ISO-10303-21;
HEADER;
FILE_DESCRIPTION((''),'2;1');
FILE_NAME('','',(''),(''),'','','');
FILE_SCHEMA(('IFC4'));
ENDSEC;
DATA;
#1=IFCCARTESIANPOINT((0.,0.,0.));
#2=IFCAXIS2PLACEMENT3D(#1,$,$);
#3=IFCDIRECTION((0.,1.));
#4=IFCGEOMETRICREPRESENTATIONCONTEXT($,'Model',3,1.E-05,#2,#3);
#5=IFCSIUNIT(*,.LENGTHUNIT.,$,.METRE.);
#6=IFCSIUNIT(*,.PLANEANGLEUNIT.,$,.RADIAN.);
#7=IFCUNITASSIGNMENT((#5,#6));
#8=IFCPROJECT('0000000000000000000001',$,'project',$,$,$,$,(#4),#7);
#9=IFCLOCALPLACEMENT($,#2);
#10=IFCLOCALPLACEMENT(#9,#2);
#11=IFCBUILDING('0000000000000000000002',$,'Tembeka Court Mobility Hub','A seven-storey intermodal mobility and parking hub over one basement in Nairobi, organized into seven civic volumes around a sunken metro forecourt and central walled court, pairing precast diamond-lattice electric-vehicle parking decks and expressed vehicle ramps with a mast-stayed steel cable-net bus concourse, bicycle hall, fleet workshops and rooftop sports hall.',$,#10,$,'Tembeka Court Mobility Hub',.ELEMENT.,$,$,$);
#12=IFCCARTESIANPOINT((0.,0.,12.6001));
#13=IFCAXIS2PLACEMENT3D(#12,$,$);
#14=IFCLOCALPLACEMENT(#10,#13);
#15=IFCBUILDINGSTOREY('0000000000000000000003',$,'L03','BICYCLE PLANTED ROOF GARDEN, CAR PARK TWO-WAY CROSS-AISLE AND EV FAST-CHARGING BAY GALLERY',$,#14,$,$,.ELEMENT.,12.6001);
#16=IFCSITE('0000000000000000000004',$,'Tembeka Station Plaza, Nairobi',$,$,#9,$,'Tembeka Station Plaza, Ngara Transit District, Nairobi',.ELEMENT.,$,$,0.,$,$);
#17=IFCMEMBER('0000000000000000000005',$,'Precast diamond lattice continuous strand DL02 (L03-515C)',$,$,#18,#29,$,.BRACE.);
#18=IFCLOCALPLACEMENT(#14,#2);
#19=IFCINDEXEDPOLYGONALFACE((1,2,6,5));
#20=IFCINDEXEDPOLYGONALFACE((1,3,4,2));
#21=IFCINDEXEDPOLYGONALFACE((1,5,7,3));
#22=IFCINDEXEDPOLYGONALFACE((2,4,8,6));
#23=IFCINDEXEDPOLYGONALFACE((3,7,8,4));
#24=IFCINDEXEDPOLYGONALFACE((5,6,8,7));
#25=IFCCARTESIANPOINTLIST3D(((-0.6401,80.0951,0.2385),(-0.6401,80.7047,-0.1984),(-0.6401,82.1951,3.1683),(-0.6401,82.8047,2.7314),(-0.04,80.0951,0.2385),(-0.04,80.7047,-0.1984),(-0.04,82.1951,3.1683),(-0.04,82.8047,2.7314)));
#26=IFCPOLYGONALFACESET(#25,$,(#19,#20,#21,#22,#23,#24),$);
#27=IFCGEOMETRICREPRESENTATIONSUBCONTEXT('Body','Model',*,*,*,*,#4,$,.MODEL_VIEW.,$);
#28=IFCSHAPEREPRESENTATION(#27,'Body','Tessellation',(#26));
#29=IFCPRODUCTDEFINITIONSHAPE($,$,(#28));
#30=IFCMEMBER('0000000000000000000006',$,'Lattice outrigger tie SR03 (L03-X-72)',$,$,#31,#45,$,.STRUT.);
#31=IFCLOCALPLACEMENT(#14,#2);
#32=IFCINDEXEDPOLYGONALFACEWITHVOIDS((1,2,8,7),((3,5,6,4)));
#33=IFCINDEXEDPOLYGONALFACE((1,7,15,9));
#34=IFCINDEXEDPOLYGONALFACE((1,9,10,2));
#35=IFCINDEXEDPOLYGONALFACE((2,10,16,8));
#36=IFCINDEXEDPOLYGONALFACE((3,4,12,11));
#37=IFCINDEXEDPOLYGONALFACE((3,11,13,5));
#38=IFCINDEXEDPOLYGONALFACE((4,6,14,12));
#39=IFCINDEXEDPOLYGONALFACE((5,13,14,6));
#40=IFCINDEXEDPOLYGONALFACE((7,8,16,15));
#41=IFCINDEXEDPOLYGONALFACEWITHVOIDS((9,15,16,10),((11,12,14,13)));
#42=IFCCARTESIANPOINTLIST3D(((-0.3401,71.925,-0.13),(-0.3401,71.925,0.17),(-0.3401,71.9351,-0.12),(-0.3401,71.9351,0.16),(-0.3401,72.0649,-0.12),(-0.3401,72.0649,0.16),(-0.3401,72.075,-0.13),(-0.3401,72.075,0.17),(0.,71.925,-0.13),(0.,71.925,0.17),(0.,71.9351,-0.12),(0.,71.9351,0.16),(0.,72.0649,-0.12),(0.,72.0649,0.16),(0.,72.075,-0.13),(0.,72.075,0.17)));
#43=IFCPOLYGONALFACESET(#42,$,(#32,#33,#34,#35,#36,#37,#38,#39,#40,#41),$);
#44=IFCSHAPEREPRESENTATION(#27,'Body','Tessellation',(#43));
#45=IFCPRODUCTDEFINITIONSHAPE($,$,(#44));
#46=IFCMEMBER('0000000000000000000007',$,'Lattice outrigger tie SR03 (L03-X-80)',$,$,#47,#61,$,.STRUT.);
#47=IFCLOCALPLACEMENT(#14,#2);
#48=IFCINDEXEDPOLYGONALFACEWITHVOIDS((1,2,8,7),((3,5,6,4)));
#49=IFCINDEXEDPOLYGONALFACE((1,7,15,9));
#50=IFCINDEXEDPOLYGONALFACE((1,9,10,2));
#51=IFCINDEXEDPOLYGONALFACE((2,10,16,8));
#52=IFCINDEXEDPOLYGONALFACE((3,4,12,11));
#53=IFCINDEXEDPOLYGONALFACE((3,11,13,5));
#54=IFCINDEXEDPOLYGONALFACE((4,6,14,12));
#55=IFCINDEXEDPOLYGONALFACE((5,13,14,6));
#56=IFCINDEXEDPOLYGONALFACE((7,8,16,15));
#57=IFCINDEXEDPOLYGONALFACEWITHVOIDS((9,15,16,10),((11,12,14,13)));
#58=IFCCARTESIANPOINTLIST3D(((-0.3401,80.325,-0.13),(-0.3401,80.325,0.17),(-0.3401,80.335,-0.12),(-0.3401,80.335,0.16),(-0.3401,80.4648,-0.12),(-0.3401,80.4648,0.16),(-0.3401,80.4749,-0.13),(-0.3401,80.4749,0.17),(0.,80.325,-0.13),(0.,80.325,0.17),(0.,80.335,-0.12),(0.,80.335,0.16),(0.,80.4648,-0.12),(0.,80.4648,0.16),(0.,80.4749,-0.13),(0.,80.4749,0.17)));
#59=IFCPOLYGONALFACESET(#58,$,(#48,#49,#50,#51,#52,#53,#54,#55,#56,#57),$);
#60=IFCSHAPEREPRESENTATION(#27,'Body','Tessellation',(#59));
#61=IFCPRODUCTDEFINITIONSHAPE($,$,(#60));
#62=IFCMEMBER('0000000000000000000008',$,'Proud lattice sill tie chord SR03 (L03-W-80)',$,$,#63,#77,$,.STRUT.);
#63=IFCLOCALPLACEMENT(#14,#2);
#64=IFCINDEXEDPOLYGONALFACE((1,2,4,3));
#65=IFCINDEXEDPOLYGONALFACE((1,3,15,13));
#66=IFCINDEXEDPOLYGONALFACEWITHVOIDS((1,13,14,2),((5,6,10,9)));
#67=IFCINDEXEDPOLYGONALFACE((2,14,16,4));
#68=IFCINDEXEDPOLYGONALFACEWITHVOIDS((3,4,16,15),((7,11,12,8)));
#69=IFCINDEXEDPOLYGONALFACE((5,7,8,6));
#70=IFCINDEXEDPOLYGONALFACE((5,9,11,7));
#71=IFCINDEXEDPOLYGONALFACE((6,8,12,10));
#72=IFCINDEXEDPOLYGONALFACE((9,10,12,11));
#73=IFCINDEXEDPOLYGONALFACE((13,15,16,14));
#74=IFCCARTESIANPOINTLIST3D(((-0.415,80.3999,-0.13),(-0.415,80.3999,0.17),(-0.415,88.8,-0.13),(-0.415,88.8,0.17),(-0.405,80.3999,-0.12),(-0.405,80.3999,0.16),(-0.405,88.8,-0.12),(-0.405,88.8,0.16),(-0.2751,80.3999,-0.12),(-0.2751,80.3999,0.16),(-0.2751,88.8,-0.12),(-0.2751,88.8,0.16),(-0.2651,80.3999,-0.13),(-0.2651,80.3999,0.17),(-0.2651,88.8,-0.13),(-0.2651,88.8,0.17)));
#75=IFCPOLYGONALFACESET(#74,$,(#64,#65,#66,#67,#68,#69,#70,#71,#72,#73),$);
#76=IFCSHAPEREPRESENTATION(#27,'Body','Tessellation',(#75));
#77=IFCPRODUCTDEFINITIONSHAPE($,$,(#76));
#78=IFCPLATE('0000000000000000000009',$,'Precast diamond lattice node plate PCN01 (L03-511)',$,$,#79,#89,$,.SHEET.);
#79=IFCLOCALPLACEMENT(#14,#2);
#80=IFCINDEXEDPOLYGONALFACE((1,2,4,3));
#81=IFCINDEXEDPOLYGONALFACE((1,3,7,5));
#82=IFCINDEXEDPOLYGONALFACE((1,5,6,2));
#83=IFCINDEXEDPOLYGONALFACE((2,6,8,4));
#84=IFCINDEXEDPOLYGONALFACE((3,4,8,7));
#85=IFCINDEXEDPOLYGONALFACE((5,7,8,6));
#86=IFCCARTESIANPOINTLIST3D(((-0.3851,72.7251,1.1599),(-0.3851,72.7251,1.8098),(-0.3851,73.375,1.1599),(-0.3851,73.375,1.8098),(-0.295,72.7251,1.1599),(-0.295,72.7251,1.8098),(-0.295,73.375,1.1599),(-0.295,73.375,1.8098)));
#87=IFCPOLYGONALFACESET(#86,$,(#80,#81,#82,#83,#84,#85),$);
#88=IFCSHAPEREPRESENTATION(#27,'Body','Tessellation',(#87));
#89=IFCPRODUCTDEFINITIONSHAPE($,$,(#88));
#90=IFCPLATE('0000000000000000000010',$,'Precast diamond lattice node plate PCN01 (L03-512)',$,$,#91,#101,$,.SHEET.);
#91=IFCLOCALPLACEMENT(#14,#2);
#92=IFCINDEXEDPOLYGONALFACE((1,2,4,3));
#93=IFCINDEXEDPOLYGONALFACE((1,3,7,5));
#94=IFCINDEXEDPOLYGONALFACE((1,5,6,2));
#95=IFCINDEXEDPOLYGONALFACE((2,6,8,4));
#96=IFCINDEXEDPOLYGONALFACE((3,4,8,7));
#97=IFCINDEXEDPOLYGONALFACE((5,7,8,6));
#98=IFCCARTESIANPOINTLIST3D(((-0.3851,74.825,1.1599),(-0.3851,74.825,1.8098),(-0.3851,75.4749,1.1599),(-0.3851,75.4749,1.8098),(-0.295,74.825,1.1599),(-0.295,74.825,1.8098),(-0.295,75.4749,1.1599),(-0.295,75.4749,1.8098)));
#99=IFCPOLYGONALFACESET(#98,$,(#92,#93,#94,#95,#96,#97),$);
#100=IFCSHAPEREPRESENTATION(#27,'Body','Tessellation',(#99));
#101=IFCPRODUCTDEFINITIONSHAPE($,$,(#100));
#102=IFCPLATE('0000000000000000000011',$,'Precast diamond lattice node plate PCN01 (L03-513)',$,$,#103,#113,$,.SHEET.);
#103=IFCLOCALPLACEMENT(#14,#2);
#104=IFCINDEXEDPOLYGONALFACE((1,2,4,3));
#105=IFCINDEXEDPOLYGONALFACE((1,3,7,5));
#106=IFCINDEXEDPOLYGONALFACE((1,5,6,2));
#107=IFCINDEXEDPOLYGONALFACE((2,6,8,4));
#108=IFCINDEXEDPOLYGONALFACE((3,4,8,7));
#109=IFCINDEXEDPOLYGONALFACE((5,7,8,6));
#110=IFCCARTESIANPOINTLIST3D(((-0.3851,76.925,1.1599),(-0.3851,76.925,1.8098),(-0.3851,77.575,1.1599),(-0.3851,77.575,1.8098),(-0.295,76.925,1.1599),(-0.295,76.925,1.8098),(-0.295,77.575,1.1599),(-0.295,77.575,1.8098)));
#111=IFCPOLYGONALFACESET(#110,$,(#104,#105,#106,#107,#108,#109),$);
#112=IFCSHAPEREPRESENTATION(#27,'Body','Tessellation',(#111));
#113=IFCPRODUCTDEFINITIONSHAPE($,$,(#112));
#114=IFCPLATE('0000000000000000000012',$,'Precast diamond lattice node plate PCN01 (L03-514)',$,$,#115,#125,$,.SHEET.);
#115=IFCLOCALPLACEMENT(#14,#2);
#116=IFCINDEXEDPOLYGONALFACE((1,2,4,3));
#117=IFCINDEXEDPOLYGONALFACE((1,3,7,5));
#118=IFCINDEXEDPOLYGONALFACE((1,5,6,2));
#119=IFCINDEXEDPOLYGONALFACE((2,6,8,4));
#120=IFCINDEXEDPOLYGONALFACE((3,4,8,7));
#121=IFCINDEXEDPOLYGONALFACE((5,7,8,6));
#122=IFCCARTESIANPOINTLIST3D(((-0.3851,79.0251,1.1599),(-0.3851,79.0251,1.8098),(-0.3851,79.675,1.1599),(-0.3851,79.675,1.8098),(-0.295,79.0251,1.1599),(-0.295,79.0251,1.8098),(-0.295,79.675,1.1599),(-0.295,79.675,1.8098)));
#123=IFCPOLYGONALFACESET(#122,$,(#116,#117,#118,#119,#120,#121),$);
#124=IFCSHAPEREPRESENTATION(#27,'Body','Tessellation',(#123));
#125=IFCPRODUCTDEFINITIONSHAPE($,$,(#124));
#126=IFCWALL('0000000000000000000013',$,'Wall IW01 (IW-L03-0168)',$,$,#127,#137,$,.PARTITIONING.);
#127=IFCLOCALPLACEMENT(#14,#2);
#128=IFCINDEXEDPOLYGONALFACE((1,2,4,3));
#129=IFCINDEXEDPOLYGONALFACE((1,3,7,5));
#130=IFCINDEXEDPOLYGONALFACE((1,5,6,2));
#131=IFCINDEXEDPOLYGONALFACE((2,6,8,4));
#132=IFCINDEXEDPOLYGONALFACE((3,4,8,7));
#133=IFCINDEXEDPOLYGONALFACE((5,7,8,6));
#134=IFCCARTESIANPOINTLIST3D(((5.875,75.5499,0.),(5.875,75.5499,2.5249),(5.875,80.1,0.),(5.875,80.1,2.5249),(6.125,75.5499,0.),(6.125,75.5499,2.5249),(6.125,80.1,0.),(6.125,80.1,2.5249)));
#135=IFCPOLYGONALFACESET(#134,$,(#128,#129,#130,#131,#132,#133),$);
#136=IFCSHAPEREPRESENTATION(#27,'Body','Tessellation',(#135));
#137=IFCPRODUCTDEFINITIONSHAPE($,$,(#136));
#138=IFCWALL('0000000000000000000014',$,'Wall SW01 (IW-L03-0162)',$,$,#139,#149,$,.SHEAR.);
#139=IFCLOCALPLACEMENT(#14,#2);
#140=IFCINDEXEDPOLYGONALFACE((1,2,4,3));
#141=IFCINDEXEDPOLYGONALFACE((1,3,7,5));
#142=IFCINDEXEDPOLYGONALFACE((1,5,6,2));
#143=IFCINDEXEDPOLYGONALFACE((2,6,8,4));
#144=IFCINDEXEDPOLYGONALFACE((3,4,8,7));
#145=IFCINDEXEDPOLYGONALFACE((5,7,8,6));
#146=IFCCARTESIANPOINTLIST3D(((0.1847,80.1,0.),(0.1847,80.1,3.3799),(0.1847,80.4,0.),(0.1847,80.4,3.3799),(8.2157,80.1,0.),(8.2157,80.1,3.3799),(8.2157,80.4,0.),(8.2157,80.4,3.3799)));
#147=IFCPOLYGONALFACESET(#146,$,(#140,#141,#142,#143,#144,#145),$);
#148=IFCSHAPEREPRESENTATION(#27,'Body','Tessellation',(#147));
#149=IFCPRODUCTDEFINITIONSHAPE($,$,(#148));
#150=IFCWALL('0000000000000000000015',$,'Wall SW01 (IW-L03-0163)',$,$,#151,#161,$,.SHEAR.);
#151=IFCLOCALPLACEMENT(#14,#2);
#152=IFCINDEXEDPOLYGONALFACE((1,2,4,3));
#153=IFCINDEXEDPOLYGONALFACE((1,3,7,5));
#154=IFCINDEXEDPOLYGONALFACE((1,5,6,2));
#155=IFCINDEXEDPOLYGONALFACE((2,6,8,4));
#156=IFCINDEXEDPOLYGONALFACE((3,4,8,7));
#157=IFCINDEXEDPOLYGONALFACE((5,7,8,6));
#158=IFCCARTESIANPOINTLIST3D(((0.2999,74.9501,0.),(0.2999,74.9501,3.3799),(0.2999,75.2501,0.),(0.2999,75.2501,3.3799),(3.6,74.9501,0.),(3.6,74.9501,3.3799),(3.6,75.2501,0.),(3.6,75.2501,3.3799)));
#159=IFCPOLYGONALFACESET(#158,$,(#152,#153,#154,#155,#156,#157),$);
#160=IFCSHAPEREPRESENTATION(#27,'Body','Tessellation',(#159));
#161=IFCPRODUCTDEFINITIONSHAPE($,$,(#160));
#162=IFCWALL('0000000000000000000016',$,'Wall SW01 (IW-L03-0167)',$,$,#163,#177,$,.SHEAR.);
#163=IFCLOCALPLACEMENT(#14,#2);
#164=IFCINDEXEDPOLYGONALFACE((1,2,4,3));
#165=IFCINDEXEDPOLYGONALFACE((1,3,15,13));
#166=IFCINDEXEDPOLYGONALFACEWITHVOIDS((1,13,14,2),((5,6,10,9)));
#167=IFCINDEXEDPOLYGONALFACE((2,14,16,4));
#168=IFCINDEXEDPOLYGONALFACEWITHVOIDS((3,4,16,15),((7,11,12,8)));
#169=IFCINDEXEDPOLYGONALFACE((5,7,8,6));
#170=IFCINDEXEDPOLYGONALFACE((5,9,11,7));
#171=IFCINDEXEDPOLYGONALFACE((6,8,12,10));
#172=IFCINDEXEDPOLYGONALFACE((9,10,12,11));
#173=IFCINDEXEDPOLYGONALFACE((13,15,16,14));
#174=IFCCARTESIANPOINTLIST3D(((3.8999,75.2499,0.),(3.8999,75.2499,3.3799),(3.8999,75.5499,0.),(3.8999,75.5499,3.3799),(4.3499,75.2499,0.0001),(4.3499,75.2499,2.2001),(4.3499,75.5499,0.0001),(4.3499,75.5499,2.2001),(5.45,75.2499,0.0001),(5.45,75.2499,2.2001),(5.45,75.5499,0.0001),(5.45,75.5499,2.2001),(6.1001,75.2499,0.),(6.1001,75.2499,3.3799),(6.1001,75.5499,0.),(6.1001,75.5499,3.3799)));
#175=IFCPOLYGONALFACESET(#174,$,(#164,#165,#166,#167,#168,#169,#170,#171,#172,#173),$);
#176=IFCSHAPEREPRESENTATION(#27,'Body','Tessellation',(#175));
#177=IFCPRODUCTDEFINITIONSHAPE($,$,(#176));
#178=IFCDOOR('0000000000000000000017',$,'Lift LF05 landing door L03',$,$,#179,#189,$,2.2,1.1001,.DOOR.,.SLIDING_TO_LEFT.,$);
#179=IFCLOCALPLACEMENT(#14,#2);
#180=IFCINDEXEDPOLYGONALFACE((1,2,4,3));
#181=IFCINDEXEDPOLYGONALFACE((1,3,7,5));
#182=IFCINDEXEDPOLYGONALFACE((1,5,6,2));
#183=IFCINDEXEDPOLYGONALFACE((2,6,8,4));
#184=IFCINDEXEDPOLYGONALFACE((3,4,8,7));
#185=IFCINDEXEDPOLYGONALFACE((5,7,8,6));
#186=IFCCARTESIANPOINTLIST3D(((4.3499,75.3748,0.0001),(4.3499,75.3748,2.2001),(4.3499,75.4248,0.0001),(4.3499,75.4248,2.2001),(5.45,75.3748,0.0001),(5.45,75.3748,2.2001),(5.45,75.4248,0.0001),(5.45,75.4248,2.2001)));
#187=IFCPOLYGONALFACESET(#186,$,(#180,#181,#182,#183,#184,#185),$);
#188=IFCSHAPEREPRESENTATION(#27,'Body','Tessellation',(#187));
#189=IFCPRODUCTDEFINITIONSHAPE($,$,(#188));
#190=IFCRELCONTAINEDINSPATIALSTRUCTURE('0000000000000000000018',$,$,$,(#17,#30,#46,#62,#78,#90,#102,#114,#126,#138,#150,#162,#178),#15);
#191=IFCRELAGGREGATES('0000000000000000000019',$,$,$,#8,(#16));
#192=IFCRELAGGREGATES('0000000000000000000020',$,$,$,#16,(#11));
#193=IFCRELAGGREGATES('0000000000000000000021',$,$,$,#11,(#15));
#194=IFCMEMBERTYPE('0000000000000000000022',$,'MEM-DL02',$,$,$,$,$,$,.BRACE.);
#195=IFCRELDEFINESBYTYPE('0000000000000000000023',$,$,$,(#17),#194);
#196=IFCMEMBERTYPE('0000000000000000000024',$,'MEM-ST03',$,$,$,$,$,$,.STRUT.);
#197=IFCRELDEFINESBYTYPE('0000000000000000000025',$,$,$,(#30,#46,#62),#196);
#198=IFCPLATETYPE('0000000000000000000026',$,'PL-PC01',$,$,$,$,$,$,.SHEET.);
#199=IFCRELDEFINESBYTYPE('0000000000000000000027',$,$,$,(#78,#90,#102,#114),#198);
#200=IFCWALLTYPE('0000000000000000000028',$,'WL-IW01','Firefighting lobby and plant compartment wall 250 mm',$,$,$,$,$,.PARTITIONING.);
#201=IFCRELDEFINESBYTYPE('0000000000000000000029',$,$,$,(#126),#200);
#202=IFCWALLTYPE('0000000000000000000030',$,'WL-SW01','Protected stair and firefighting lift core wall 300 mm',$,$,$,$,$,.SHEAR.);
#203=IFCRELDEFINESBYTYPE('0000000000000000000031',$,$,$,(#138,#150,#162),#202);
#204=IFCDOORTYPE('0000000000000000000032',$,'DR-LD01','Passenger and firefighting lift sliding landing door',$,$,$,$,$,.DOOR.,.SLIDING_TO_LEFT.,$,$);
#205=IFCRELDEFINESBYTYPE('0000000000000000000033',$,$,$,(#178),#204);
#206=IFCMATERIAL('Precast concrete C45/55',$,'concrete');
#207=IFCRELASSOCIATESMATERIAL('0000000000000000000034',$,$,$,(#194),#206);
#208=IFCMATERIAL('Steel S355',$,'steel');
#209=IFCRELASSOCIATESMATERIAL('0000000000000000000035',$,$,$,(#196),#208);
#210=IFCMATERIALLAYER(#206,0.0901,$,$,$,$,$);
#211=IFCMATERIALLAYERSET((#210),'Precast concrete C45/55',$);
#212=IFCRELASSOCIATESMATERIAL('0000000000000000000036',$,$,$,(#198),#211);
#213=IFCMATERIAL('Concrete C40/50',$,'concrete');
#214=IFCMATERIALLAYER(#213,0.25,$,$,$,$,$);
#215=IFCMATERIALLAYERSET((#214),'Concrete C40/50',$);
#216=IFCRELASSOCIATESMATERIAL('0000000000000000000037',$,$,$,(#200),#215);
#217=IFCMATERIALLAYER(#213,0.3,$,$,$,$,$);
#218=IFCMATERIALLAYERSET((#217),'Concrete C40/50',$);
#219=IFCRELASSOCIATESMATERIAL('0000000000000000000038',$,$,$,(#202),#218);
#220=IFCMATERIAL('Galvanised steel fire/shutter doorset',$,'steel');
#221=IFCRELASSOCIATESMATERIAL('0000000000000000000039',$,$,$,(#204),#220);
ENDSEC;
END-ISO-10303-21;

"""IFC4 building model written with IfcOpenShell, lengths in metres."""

from ifc_helpers import new_model, si_unit, direction, frame, frame_2d, origin, origin_2d, place, context, subcontext, project, spatial, rectangle, hollow_rectangle, extrude, material, layer, layer_set, material_profile, profile_set, type_object, element, fill, save


model = new_model("IFC4")

# Units and contexts
model_context = context("Model", 3, precision=1e-05, world=origin(), true_north=direction((0.0, 1.0)))
body_context = subcontext(model_context, "Body", "Model", "MODEL_VIEW")
ifc_project = project(units=[si_unit("LENGTHUNIT", "METRE"), si_unit("PLANEANGLEUNIT", "RADIAN")], contexts=[model_context])

# Site, building, storey
site_placement = place(None, origin())
site = spatial("IfcSite", under=ifc_project, at=site_placement, Name="Tembeka Station Plaza, Nairobi", LongName="Tembeka Station Plaza, Ngara Transit District, Nairobi", CompositionType="ELEMENT", RefElevation=0.0)
building_placement = place(site_placement, origin())
building = spatial("IfcBuilding", under=site, at=building_placement, Name="Tembeka Court Mobility Hub", Description="A seven-storey intermodal mobility and parking hub over one basement in Nairobi, organized into seven civic volumes around a sunken metro forecourt and central walled court, pairing precast diamond-lattice electric-vehicle parking decks and expressed vehicle ramps with a mast-stayed steel cable-net bus concourse, bicycle hall, fleet workshops and rooftop sports hall.", LongName="Tembeka Court Mobility Hub", CompositionType="ELEMENT")
storey_placement = place(building_placement, frame((0.0, 0.0, 12.6001)))
storey = spatial("IfcBuildingStorey", under=building, at=storey_placement, Name="L03", Description="BICYCLE PLANTED ROOF GARDEN, CAR PARK TWO-WAY CROSS-AISLE AND EV FAST-CHARGING BAY GALLERY", CompositionType="ELEMENT", Elevation=12.6001)

# Shared definitions
ifc_material_1 = material(Name="Steel S355", Category="steel")

# Members
ifc_material_2 = material(Name="Precast concrete C45/55", Category="concrete")
ifc_material_profile_1 = material_profile(ifc_material_2, rectangle(XDim=0.6001, YDim=0.75, at=origin_2d()), Name="PC-DIAG 600x750")
ifc_profile_set_1 = profile_set([ifc_material_profile_1], Name="Precast concrete C45/55")
member_type_1 = type_object("IfcMemberType", Name="MEM-DL02", PredefinedType="BRACE", material=ifc_profile_set_1)
member_1_placement = place(storey_placement, frame((-0.3401, 80.3999, 0.02), z_axis=(0.0, 0.582576, 0.812776), x_axis=(-1.0, 0.0, 0.0)))
element("IfcMember", 1, at=member_1_placement, inside=storey, type_object=member_type_1, Name="Precast diamond lattice continuous strand DL02 (L03-515C)", PredefinedType="BRACE", context=body_context, shape_type="SweptSolid", body=[
    extrude(rectangle(XDim=0.6001, YDim=0.75, at=origin_2d()), origin(), (0.0, 0.0, 1.0), 3.6047),
])
ifc_material_profile_2 = material_profile(ifc_material_1, hollow_rectangle(XDim=0.1499, YDim=0.3, WallThickness=0.01, at=origin_2d()), Name="RHS 300x150x10")
ifc_profile_set_2 = profile_set([ifc_material_profile_2], Name="Steel S355")
member_type_2 = type_object("IfcMemberType", Name="MEM-ST03", PredefinedType="STRUT", material=ifc_profile_set_2)
for number, where, z_axis, x_axis, name in (
    (2, (0.0, 72.0, 0.02), (-1.0, 0.0, 0.0), (0.0, -1.0, 0.0), "Lattice outrigger tie SR03 (L03-X-72)"),
    (3, (0.0, 80.3999, 0.02), (-1.0, 0.0, 0.0), (0.0, -1.0, 0.0), "Lattice outrigger tie SR03 (L03-X-80)"),
):
    element("IfcMember", number, at=place(storey_placement, frame(where, z_axis=z_axis, x_axis=x_axis)), inside=storey, type_object=member_type_2, Name=name, PredefinedType="STRUT", context=body_context, shape_type="SweptSolid", body=[
        extrude(hollow_rectangle(XDim=0.1499, YDim=0.3, WallThickness=0.01, at=origin_2d()), origin(), (0.0, 0.0, 1.0), 0.3401),
    ])
member_2_placement = place(storey_placement, frame((-0.3401, 80.3999, 0.02), z_axis=(0.0, 1.0, 0.0), x_axis=(-1.0, 0.0, 0.0)))
element("IfcMember", 4, at=member_2_placement, inside=storey, type_object=member_type_2, Name="Proud lattice sill tie chord SR03 (L03-W-80)", PredefinedType="STRUT", context=body_context, shape_type="SweptSolid", body=[
    extrude(hollow_rectangle(XDim=0.1499, YDim=0.3, WallThickness=0.01, at=origin_2d()), origin(), (0.0, 0.0, 1.0), 8.4001),
])

# Plates
ifc_layer_1 = layer(ifc_material_2, 0.0901)
ifc_layer_set_1 = layer_set([ifc_layer_1], Name="Precast concrete C45/55")
plate_type = type_object("IfcPlateType", Name="PL-PC01", PredefinedType="SHEET", material=ifc_layer_set_1)
for number, where, z_axis, x_axis, name in (
    (5, (-0.3401, 73.05, 1.1599), (0.0, 0.0, 1.0), (1.0, 0.0, 0.0), "Precast diamond lattice node plate PCN01 (L03-511)"),
    (6, (-0.3401, 75.1499, 1.1599), (0.0, 0.0, 1.0), (1.0, 0.0, 0.0), "Precast diamond lattice node plate PCN01 (L03-512)"),
    (7, (-0.3401, 77.25, 1.1599), (0.0, 0.0, 1.0), (1.0, 0.0, 0.0), "Precast diamond lattice node plate PCN01 (L03-513)"),
    (8, (-0.3401, 79.3501, 1.1599), (0.0, 0.0, 1.0), (1.0, 0.0, 0.0), "Precast diamond lattice node plate PCN01 (L03-514)"),
):
    element("IfcPlate", number, at=place(storey_placement, frame(where, z_axis=z_axis, x_axis=x_axis)), inside=storey, type_object=plate_type, Name=name, PredefinedType="SHEET", context=body_context, shape_type="SweptSolid", body=[
        extrude(rectangle(XDim=0.0901, YDim=0.6499, at=origin_2d()), origin(), (0.0, 0.0, 1.0), 0.6499),
    ])

# Walls
ifc_material_3 = material(Name="Concrete C40/50", Category="concrete")
ifc_layer_2 = layer(ifc_material_3, 0.25)
ifc_layer_set_2 = layer_set([ifc_layer_2], Name="Concrete C40/50")
wall_type_1 = type_object("IfcWallType", Name="WL-IW01", Description="Firefighting lobby and plant compartment wall 250 mm", PredefinedType="PARTITIONING", material=ifc_layer_set_2)
wall_1_placement = place(storey_placement, frame((6.0, 75.55, 0.0), z_axis=(0.0, 0.0, 1.0), x_axis=(0.0, 1.0, 0.0)))
element("IfcWall", 9, at=wall_1_placement, inside=storey, type_object=wall_type_1, Name="Wall IW01 (IW-L03-0168)", PredefinedType="PARTITIONING", context=body_context, shape_type="SweptSolid", body=[
    extrude(rectangle(XDim=4.55, YDim=0.25, at=frame_2d((2.2749, 0.0))), origin(), (0.0, 0.0, 1.0), 2.5249),
])
ifc_layer_3 = layer(ifc_material_3, 0.3)
ifc_layer_set_3 = layer_set([ifc_layer_3], Name="Concrete C40/50")
wall_type_2 = type_object("IfcWallType", Name="WL-SW01", Description="Protected stair and firefighting lift core wall 300 mm", PredefinedType="SHEAR", material=ifc_layer_set_3)
wall_2_placement = place(storey_placement, frame((0.1846, 80.25, 0.0), z_axis=(0.0, 0.0, 1.0), x_axis=(1.0, 0.0, 0.0)))
element("IfcWall", 10, at=wall_2_placement, inside=storey, type_object=wall_type_2, Name="Wall SW01 (IW-L03-0162)", PredefinedType="SHEAR", context=body_context, shape_type="SweptSolid", body=[
    extrude(rectangle(XDim=8.031, YDim=0.3, at=frame_2d((4.0156, 0.0))), origin(), (0.0, 0.0, 1.0), 3.3799),
])
wall_3_placement = place(storey_placement, frame((0.3, 75.1001, 0.0), z_axis=(0.0, 0.0, 1.0), x_axis=(1.0, 0.0, 0.0)))
element("IfcWall", 11, at=wall_3_placement, inside=storey, type_object=wall_type_2, Name="Wall SW01 (IW-L03-0163)", PredefinedType="SHEAR", context=body_context, shape_type="SweptSolid", body=[
    extrude(rectangle(XDim=3.3, YDim=0.3, at=frame_2d((1.6499, 0.0))), origin(), (0.0, 0.0, 1.0), 3.3799),
])

# Wall, opening, door
wall_4_placement = place(storey_placement, frame((3.8999, 75.3999, 0.0), z_axis=(0.0, 0.0, 1.0), x_axis=(1.0, 0.0, 0.0)))
wall_4 = element("IfcWall", 12, at=wall_4_placement, inside=storey, type_object=wall_type_2, Name="Wall SW01 (IW-L03-0167)", PredefinedType="SHEAR", context=body_context, shape_type="SweptSolid", body=[
    extrude(rectangle(XDim=2.2002, YDim=0.3, at=frame_2d((1.1001, 0.0))), origin(), (0.0, 0.0, 1.0), 3.3799),
])
opening_placement = place(wall_4_placement, frame((0.45, 0.0, 0.0)))
opening = element("IfcOpeningElement", 13, at=opening_placement, cuts=wall_4, PredefinedType="OPENING", context=body_context, shape_type="SweptSolid", body=[
    extrude(rectangle(XDim=1.1001, YDim=2.2, at=frame_2d((0.55, 1.1001))), frame((0.0, 0.1602, 0.0), z_axis=(0.0, -1.0, 0.0), x_axis=(1.0, 0.0, 0.0)), (0.0, 0.0, 1.0), 0.3201),
])
ifc_material_4 = material(Name="Galvanised steel fire/shutter doorset", Category="steel")
door_type = type_object("IfcDoorType", Name="DR-LD01", Description="Passenger and firefighting lift sliding landing door", OperationType="SLIDING_TO_LEFT", PredefinedType="DOOR", material=ifc_material_4)
door_placement = place(opening_placement, origin())
door = element("IfcDoor", 14, at=door_placement, inside=storey, type_object=door_type, Name="Lift LF05 landing door L03", OperationType="SLIDING_TO_LEFT", OverallHeight=2.2, OverallWidth=1.1001, PredefinedType="DOOR", context=body_context, shape_type="SweptSolid", body=[
    extrude(rectangle(XDim=1.1001, YDim=2.2, at=frame_2d((0.55, 1.1001))), frame((0.0, 0.0249, 0.0), z_axis=(0.0, -1.0, 0.0), x_axis=(1.0, 0.0, 0.0)), (0.0, 0.0, 1.0), 0.05),
])
fill(opening, door)

save(model, "model.ifc")
